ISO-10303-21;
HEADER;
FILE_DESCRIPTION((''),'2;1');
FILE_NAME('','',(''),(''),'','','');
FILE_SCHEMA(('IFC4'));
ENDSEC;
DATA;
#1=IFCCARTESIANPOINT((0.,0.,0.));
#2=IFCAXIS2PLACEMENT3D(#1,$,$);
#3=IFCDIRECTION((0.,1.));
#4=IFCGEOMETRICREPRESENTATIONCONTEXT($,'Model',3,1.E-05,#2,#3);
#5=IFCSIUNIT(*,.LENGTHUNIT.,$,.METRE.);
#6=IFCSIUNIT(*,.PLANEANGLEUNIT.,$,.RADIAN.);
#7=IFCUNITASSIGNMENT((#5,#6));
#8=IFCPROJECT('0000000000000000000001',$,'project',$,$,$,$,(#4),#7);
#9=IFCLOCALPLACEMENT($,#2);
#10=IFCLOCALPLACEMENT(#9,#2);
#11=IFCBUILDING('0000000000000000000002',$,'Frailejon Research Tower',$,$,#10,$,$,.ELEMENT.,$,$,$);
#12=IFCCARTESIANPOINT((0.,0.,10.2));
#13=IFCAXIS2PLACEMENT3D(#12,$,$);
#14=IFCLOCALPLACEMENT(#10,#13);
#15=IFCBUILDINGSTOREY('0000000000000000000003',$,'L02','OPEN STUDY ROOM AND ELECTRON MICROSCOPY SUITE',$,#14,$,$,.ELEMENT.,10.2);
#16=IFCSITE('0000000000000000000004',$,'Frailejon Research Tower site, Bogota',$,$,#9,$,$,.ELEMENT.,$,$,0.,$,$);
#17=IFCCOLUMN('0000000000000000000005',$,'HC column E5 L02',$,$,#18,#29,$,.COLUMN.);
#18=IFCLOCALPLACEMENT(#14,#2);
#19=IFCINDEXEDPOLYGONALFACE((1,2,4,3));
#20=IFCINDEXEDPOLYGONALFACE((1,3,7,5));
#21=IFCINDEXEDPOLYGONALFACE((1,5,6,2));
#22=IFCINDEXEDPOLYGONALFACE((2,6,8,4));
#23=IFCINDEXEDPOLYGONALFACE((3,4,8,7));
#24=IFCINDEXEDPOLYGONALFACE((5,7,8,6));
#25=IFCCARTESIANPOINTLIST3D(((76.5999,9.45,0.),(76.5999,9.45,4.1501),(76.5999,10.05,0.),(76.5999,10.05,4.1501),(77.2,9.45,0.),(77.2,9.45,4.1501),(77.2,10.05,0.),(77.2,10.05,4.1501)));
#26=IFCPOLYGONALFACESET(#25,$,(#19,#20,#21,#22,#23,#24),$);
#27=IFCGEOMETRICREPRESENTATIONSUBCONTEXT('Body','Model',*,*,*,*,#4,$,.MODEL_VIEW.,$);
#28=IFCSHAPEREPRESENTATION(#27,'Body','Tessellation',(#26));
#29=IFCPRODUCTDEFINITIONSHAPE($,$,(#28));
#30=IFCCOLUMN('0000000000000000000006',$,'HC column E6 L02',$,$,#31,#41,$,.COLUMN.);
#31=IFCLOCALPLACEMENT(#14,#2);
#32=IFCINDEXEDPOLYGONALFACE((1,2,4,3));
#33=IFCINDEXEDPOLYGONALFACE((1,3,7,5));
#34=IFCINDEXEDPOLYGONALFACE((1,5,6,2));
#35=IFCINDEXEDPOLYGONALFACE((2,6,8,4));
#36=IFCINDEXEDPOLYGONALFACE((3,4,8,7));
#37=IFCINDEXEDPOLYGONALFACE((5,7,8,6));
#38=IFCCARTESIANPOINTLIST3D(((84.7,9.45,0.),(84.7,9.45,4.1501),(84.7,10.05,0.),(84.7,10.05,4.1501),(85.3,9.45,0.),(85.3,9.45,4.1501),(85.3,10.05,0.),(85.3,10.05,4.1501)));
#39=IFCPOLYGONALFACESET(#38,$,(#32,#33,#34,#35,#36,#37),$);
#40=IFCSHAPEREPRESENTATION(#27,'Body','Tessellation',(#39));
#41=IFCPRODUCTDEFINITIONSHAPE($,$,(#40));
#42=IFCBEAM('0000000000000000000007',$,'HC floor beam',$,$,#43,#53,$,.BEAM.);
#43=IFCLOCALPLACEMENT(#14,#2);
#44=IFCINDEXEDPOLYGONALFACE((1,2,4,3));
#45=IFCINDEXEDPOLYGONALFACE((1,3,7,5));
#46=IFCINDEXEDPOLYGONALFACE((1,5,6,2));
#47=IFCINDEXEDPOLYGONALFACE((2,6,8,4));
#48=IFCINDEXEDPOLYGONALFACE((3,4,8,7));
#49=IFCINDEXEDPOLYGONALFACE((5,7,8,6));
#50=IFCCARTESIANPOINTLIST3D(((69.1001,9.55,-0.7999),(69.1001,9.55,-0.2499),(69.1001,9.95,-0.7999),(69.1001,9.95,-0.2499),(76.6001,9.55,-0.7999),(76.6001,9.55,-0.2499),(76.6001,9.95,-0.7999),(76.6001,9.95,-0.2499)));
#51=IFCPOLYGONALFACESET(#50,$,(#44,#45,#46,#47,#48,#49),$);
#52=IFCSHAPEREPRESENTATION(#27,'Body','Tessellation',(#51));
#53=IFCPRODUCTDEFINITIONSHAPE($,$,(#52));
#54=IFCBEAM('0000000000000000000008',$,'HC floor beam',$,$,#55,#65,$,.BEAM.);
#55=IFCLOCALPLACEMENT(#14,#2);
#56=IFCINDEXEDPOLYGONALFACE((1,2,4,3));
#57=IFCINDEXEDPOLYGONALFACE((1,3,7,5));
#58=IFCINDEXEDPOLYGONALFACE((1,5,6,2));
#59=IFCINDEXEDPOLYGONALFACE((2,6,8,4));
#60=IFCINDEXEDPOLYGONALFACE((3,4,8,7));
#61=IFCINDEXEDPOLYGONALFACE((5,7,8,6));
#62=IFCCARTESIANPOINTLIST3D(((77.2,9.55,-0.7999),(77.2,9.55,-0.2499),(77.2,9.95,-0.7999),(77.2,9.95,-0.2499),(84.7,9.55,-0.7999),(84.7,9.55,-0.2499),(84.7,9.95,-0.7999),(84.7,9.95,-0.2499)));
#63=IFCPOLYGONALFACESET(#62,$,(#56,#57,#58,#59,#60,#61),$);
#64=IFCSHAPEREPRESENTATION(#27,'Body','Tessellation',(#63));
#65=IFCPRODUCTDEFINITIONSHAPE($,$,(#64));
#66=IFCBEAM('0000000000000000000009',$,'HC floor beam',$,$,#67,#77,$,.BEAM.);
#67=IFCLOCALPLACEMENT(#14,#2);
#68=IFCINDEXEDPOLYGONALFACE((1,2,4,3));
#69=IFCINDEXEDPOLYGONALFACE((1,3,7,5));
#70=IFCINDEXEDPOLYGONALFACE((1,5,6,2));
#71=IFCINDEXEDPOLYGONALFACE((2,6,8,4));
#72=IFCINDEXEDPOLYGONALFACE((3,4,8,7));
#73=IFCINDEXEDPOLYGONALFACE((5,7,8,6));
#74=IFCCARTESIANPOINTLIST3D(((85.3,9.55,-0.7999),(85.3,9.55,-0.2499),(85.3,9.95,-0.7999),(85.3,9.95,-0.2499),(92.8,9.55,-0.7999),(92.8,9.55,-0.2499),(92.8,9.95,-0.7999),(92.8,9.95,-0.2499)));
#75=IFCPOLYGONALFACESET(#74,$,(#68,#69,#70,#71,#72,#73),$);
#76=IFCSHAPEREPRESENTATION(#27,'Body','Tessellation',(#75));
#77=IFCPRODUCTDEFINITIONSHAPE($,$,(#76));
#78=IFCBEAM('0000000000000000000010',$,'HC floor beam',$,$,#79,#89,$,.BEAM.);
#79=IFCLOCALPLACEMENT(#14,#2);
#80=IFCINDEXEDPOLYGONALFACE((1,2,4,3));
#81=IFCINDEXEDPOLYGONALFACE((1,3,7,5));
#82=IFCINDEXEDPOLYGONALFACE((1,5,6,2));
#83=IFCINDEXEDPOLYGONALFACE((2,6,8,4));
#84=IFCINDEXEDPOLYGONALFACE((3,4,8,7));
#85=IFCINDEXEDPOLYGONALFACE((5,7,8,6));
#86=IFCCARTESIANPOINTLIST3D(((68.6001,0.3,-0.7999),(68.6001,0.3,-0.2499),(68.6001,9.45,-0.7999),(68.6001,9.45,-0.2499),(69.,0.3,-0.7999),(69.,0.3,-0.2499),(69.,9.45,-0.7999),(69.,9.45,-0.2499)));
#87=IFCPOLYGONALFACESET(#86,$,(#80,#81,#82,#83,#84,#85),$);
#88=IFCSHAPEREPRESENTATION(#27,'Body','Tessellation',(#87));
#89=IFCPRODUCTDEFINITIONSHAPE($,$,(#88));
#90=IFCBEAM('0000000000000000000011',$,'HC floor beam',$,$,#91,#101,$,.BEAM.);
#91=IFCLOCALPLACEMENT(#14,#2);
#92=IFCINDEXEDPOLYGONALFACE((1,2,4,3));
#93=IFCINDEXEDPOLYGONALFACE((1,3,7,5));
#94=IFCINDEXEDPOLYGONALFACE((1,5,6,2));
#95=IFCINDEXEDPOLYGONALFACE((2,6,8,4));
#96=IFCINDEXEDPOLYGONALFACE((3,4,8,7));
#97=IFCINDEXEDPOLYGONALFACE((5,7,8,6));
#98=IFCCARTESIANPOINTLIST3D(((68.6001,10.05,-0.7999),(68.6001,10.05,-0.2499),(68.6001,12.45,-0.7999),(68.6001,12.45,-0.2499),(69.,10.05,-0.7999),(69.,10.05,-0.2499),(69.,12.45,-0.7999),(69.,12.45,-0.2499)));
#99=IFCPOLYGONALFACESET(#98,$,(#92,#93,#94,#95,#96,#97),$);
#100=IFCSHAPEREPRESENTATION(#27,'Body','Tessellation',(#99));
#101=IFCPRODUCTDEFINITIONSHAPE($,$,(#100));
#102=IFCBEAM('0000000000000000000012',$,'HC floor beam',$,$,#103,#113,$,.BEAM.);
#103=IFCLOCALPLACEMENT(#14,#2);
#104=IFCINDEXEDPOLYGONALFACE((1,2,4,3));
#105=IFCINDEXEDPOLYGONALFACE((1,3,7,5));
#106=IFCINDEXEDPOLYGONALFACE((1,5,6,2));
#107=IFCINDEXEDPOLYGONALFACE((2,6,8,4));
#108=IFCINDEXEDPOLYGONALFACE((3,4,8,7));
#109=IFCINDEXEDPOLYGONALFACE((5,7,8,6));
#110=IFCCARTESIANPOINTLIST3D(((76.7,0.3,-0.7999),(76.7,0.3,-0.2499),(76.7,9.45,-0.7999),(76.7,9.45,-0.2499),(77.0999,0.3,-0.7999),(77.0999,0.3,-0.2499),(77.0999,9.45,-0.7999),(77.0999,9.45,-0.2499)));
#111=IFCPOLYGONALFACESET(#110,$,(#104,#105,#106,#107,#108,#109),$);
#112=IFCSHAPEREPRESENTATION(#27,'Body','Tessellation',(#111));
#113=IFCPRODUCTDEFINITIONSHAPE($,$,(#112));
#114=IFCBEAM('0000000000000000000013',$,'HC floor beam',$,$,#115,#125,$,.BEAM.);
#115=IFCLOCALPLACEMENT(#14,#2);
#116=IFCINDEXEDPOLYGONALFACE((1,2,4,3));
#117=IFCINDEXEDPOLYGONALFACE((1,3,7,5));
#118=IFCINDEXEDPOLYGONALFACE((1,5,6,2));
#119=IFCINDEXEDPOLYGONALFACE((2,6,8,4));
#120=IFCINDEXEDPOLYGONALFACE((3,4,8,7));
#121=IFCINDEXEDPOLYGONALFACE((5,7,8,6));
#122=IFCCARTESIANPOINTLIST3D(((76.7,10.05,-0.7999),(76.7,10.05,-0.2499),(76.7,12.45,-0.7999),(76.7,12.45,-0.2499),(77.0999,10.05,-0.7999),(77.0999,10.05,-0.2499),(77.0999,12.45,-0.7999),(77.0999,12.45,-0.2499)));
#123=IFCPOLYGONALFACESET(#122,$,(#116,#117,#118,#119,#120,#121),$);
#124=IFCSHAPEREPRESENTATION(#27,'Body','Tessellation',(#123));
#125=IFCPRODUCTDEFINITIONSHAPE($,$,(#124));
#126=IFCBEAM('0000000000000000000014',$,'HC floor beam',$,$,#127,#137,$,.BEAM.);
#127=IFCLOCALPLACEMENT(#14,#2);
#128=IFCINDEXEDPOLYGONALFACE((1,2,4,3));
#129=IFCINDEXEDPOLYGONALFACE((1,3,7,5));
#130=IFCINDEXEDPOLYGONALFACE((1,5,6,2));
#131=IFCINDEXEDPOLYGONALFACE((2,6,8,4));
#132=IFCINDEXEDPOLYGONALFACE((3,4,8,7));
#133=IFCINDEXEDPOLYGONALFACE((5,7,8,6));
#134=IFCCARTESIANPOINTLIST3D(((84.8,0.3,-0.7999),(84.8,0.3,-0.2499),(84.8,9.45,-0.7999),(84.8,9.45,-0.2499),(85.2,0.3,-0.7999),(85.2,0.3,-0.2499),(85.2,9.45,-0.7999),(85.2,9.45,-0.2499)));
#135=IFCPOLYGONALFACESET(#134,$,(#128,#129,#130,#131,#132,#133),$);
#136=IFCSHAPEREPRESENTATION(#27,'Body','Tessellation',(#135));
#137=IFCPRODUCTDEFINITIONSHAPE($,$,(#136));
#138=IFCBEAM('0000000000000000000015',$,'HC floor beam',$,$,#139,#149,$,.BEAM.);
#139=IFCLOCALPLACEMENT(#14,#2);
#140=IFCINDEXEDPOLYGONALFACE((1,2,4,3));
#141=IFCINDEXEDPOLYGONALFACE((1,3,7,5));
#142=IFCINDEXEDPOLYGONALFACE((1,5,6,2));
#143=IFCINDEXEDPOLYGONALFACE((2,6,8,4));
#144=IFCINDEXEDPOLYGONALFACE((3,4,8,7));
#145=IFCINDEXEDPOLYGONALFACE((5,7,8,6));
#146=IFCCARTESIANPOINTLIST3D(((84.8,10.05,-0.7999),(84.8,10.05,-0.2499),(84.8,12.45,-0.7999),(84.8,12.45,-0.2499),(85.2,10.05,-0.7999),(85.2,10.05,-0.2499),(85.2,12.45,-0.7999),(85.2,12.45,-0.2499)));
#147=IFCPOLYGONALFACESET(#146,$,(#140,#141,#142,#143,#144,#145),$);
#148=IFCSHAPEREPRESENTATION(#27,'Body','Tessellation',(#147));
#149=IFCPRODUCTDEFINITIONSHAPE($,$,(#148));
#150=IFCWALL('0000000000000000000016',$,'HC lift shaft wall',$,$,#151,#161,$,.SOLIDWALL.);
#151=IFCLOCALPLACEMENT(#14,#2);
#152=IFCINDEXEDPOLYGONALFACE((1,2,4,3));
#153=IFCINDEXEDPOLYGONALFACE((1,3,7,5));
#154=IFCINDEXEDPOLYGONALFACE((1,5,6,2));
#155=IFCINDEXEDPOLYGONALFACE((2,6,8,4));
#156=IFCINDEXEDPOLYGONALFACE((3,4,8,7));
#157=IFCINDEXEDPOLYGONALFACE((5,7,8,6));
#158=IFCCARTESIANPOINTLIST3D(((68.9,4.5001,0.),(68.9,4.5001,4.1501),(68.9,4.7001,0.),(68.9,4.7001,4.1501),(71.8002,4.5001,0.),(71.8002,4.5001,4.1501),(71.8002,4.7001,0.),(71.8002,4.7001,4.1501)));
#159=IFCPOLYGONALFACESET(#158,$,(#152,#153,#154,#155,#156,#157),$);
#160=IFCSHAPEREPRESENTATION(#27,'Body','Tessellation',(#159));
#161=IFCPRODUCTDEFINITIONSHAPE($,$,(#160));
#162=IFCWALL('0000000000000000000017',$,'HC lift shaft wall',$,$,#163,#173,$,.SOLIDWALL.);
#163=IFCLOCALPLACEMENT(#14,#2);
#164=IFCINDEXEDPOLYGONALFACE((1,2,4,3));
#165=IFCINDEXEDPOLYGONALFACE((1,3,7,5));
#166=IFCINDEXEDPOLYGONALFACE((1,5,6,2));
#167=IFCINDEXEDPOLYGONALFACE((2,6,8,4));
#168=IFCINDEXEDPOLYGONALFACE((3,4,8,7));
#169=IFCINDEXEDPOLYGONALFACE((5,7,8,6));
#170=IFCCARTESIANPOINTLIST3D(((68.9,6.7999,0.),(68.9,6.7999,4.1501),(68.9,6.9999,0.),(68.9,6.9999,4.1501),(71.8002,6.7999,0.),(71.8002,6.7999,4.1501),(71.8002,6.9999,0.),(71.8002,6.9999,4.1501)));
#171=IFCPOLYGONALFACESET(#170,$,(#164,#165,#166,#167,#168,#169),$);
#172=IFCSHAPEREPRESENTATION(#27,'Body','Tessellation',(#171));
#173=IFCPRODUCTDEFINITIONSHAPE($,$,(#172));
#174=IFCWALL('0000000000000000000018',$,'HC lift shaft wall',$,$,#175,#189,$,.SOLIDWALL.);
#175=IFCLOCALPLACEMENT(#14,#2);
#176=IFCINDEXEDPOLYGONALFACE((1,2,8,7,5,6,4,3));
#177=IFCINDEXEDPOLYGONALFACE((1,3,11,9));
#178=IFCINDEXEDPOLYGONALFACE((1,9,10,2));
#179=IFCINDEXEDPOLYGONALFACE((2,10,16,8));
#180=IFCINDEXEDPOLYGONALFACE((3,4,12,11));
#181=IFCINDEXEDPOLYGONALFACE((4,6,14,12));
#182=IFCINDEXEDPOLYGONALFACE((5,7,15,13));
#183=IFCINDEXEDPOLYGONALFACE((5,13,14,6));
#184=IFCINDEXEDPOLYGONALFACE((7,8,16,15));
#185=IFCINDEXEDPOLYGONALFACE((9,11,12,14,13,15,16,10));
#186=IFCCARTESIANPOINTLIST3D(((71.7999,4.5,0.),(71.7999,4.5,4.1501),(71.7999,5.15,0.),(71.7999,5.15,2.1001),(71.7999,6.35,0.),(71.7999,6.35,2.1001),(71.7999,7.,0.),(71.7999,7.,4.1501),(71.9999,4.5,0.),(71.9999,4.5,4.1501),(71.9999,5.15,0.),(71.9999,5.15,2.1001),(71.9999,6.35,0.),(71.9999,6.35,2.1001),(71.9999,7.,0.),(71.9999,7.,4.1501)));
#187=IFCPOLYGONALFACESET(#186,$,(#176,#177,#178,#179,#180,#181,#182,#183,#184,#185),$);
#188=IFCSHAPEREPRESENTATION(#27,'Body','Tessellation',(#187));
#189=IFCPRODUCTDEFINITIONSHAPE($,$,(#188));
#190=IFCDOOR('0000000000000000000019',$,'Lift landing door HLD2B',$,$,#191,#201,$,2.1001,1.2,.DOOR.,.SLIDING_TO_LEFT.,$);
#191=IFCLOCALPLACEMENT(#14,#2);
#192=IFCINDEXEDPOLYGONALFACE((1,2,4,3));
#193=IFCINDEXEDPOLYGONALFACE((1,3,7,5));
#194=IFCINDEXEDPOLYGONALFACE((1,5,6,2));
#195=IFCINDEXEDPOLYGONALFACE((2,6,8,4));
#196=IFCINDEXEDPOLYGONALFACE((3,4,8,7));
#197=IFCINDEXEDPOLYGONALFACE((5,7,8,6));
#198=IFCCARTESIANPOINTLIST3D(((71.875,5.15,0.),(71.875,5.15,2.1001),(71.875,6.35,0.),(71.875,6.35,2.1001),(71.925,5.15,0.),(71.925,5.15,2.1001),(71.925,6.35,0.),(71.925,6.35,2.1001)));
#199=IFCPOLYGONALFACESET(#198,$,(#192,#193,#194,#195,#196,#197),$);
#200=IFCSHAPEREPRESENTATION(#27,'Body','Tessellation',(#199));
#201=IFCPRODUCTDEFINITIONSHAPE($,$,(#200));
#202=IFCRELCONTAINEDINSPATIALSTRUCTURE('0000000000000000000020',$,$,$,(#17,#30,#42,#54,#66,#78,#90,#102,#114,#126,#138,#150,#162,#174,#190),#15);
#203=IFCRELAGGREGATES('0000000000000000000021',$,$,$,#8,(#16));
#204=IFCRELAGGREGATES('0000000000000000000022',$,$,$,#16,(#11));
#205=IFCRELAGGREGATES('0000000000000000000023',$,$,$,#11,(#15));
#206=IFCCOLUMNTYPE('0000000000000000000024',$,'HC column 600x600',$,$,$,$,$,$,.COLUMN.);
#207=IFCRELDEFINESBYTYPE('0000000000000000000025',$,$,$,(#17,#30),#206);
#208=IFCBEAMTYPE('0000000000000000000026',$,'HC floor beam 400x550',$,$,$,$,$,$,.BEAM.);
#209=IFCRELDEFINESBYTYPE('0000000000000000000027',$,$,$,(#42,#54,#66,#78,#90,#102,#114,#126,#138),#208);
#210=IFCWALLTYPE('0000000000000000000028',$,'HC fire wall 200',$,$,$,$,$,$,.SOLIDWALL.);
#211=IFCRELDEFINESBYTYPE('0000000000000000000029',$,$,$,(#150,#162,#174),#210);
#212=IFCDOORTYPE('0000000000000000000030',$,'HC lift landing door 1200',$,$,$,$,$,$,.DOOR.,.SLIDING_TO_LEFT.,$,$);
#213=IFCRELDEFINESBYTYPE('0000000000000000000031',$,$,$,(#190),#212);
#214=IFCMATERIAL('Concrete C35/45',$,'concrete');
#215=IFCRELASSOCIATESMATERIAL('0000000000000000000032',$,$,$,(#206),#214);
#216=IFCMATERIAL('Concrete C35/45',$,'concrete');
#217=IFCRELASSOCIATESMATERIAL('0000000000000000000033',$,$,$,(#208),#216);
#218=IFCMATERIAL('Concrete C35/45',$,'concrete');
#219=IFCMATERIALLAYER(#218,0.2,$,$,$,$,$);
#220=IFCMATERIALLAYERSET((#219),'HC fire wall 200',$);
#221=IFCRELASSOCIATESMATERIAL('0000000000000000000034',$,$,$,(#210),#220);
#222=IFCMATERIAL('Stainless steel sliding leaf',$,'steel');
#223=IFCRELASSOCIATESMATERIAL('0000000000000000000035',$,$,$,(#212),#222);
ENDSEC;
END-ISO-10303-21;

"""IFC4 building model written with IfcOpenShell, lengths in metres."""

from ifc_helpers import new_model, si_unit, direction, frame, frame_2d, origin, origin_2d, place, context, subcontext, project, spatial, rectangle, extrude, material, layer, layer_set, material_profile, profile_set, type_object, element, fill, save


model = new_model("IFC4")

# Units and contexts
model_context = context("Model", 3, precision=1e-05, world=origin(), true_north=direction((0.0, 1.0)))
body_context = subcontext(model_context, "Body", "Model", "MODEL_VIEW")
ifc_project = project(units=[si_unit("LENGTHUNIT", "METRE"), si_unit("PLANEANGLEUNIT", "RADIAN")], contexts=[model_context])

# Site, building, storey
site_placement = place(None, origin())
site = spatial("IfcSite", under=ifc_project, at=site_placement, Name="Frailejon Research Tower site, Bogota", CompositionType="ELEMENT", RefElevation=0.0)
building_placement = place(site_placement, origin())
building = spatial("IfcBuilding", under=site, at=building_placement, Name="Frailejon Research Tower", CompositionType="ELEMENT")
storey_placement = place(building_placement, frame((0.0, 0.0, 10.2)))
storey = spatial("IfcBuildingStorey", under=building, at=storey_placement, Name="L02", Description="OPEN STUDY ROOM AND ELECTRON MICROSCOPY SUITE", CompositionType="ELEMENT", Elevation=10.2)

# Columns
ifc_material_1 = material(Name="Concrete C35/45", Category="concrete")
ifc_material_profile_1 = material_profile(ifc_material_1, rectangle(XDim=0.6001, YDim=0.6001, at=origin_2d()), Name="HC column 600x600")
ifc_profile_set_1 = profile_set([ifc_material_profile_1], Name="Concrete C35/45")
column_type = type_object("IfcColumnType", Name="HC column 600x600", PredefinedType="COLUMN", material=ifc_profile_set_1)
for number, where, z_axis, x_axis, name in (
    (1, (76.8999, 9.75, 0.0), (0.0, 0.0, 1.0), (1.0, 0.0, 0.0), "HC column E5 L02"),
    (2, (85.0, 9.75, 0.0), (0.0, 0.0, 1.0), (1.0, 0.0, 0.0), "HC column E6 L02"),
):
    element("IfcColumn", number, at=place(storey_placement, frame(where, z_axis=z_axis, x_axis=x_axis)), inside=storey, type_object=column_type, Name=name, PredefinedType="COLUMN", context=body_context, shape_type="SweptSolid", body=[
        extrude(rectangle(XDim=0.6001, YDim=0.6001, at=origin_2d()), origin(), (0.0, 0.0, 1.0), 4.1501),
    ])

# Beams
ifc_material_2 = material(Name="Concrete C35/45", Category="concrete")
ifc_material_profile_2 = material_profile(ifc_material_2, rectangle(XDim=0.3999, YDim=0.55, at=origin_2d()), Name="HC floor beam 400x550")
ifc_profile_set_2 = profile_set([ifc_material_profile_2], Name="Concrete C35/45")
beam_type = type_object("IfcBeamType", Name="HC floor beam 400x550", PredefinedType="BEAM", material=ifc_profile_set_2)
for number, where, z_axis, x_axis, name in (
    (3, (69.1001, 9.75, -0.5249), (1.0, 0.0, 0.0), (0.0, 1.0, 0.0), "HC floor beam"),
    (4, (77.2, 9.75, -0.5249), (1.0, 0.0, 0.0), (0.0, 1.0, 0.0), "HC floor beam"),
    (5, (85.3, 9.75, -0.5249), (1.0, 0.0, 0.0), (0.0, 1.0, 0.0), "HC floor beam"),
):
    element("IfcBeam", number, at=place(storey_placement, frame(where, z_axis=z_axis, x_axis=x_axis)), inside=storey, type_object=beam_type, Name=name, PredefinedType="BEAM", context=body_context, shape_type="SweptSolid", body=[
        extrude(rectangle(XDim=0.3999, YDim=0.55, at=origin_2d()), origin(), (0.0, 0.0, 1.0), 7.5),
    ])
beam_1_placement = place(storey_placement, frame((68.8, 0.3, -0.5249), z_axis=(0.0, 1.0, 0.0), x_axis=(-1.0, 0.0, 0.0)))
element("IfcBeam", 6, at=beam_1_placement, inside=storey, type_object=beam_type, Name="HC floor beam", PredefinedType="BEAM", context=body_context, shape_type="SweptSolid", body=[
    extrude(rectangle(XDim=0.3999, YDim=0.55, at=origin_2d()), origin(), (0.0, 0.0, 1.0), 9.1499),
])
beam_2_placement = place(storey_placement, frame((68.8, 10.05, -0.5249), z_axis=(0.0, 1.0, 0.0), x_axis=(-1.0, 0.0, 0.0)))
element("IfcBeam", 7, at=beam_2_placement, inside=storey, type_object=beam_type, Name="HC floor beam", PredefinedType="BEAM", context=body_context, shape_type="SweptSolid", body=[
    extrude(rectangle(XDim=0.3999, YDim=0.55, at=origin_2d()), origin(), (0.0, 0.0, 1.0), 2.3999),
])
beam_3_placement = place(storey_placement, frame((76.8999, 0.3, -0.5249), z_axis=(0.0, 1.0, 0.0), x_axis=(-1.0, 0.0, 0.0)))
element("IfcBeam", 8, at=beam_3_placement, inside=storey, type_object=beam_type, Name="HC floor beam", PredefinedType="BEAM", context=body_context, shape_type="SweptSolid", body=[
    extrude(rectangle(XDim=0.3999, YDim=0.55, at=origin_2d()), origin(), (0.0, 0.0, 1.0), 9.1499),
])
beam_4_placement = place(storey_placement, frame((76.8999, 10.05, -0.5249), z_axis=(0.0, 1.0, 0.0), x_axis=(-1.0, 0.0, 0.0)))
element("IfcBeam", 9, at=beam_4_placement, inside=storey, type_object=beam_type, Name="HC floor beam", PredefinedType="BEAM", context=body_context, shape_type="SweptSolid", body=[
    extrude(rectangle(XDim=0.3999, YDim=0.55, at=origin_2d()), origin(), (0.0, 0.0, 1.0), 2.3999),
])
beam_5_placement = place(storey_placement, frame((85.0, 0.3, -0.5249), z_axis=(0.0, 1.0, 0.0), x_axis=(-1.0, 0.0, 0.0)))
element("IfcBeam", 10, at=beam_5_placement, inside=storey, type_object=beam_type, Name="HC floor beam", PredefinedType="BEAM", context=body_context, shape_type="SweptSolid", body=[
    extrude(rectangle(XDim=0.3999, YDim=0.55, at=origin_2d()), origin(), (0.0, 0.0, 1.0), 9.1499),
])
beam_6_placement = place(storey_placement, frame((85.0, 10.05, -0.5249), z_axis=(0.0, 1.0, 0.0), x_axis=(-1.0, 0.0, 0.0)))
element("IfcBeam", 11, at=beam_6_placement, inside=storey, type_object=beam_type, Name="HC floor beam", PredefinedType="BEAM", context=body_context, shape_type="SweptSolid", body=[
    extrude(rectangle(XDim=0.3999, YDim=0.55, at=origin_2d()), origin(), (0.0, 0.0, 1.0), 2.3999),
])

# Walls
ifc_material_3 = material(Name="Concrete C35/45", Category="concrete")
ifc_layer_1 = layer(ifc_material_3, 0.2)
ifc_layer_set_1 = layer_set([ifc_layer_1], Name="HC fire wall 200")
wall_type_1 = type_object("IfcWallType", Name="HC fire wall 200", PredefinedType="SOLIDWALL", material=ifc_layer_set_1)
for number, where, z_axis, x_axis, name in (
    (12, (68.8999, 4.6001, 0.0), (0.0, 0.0, 1.0), (1.0, 0.0, 0.0), "HC lift shaft wall"),
    (13, (68.8999, 6.8999, 0.0), (0.0, 0.0, 1.0), (1.0, 0.0, 0.0), "HC lift shaft wall"),
):
    element("IfcWall", number, at=place(storey_placement, frame(where, z_axis=z_axis, x_axis=x_axis)), inside=storey, type_object=wall_type_1, Name=name, PredefinedType="SOLIDWALL", context=body_context, shape_type="SweptSolid", body=[
        extrude(rectangle(XDim=2.9001, YDim=0.2, at=frame_2d((1.4502, 0.0))), origin(), (0.0, 0.0, 1.0), 4.1501),
    ])

# Wall, opening, door
wall_1_placement = place(storey_placement, frame((71.8999, 4.5, 0.0), z_axis=(0.0, 0.0, 1.0), x_axis=(0.0, 1.0, 0.0)))
wall_1 = element("IfcWall", 14, at=wall_1_placement, inside=storey, type_object=wall_type_1, Name="HC lift shaft wall", PredefinedType="SOLIDWALL", context=body_context, shape_type="SweptSolid", body=[
    extrude(rectangle(XDim=2.5, YDim=0.2, at=frame_2d((1.25, 0.0))), origin(), (0.0, 0.0, 1.0), 4.1501),
])
opening_1_placement = place(wall_1_placement, frame((0.6499, 0.0, 0.0)))
opening_1 = element("IfcOpeningElement", 15, at=opening_1_placement, cuts=wall_1, PredefinedType="OPENING", context=body_context, shape_type="SweptSolid", body=[
    extrude(rectangle(XDim=1.2, YDim=2.1001, at=frame_2d((0.6001, 1.05))), frame((0.0, 0.1099, 0.0), z_axis=(0.0, -1.0, 0.0), x_axis=(1.0, 0.0, 0.0)), (0.0, 0.0, 1.0), 0.22),
])
ifc_material_4 = material(Name="Stainless steel sliding leaf", Category="steel")
door_type_1 = type_object("IfcDoorType", Name="HC lift landing door 1200", OperationType="SLIDING_TO_LEFT", PredefinedType="DOOR", material=ifc_material_4)
door_1_placement = place(opening_1_placement, origin())
door_1 = element("IfcDoor", 16, at=door_1_placement, inside=storey, type_object=door_type_1, Name="Lift landing door HLD2B", OperationType="SLIDING_TO_LEFT", OverallHeight=2.1001, OverallWidth=1.2, PredefinedType="DOOR", context=body_context, shape_type="SweptSolid", body=[
    extrude(rectangle(XDim=1.2, YDim=2.1001, at=frame_2d((0.6001, 1.05))), frame((0.0, 0.0249, 0.0), z_axis=(0.0, -1.0, 0.0), x_axis=(1.0, 0.0, 0.0)), (0.0, 0.0, 1.0), 0.05),
])
fill(opening_1, door_1)

save(model, "model.ifc")
